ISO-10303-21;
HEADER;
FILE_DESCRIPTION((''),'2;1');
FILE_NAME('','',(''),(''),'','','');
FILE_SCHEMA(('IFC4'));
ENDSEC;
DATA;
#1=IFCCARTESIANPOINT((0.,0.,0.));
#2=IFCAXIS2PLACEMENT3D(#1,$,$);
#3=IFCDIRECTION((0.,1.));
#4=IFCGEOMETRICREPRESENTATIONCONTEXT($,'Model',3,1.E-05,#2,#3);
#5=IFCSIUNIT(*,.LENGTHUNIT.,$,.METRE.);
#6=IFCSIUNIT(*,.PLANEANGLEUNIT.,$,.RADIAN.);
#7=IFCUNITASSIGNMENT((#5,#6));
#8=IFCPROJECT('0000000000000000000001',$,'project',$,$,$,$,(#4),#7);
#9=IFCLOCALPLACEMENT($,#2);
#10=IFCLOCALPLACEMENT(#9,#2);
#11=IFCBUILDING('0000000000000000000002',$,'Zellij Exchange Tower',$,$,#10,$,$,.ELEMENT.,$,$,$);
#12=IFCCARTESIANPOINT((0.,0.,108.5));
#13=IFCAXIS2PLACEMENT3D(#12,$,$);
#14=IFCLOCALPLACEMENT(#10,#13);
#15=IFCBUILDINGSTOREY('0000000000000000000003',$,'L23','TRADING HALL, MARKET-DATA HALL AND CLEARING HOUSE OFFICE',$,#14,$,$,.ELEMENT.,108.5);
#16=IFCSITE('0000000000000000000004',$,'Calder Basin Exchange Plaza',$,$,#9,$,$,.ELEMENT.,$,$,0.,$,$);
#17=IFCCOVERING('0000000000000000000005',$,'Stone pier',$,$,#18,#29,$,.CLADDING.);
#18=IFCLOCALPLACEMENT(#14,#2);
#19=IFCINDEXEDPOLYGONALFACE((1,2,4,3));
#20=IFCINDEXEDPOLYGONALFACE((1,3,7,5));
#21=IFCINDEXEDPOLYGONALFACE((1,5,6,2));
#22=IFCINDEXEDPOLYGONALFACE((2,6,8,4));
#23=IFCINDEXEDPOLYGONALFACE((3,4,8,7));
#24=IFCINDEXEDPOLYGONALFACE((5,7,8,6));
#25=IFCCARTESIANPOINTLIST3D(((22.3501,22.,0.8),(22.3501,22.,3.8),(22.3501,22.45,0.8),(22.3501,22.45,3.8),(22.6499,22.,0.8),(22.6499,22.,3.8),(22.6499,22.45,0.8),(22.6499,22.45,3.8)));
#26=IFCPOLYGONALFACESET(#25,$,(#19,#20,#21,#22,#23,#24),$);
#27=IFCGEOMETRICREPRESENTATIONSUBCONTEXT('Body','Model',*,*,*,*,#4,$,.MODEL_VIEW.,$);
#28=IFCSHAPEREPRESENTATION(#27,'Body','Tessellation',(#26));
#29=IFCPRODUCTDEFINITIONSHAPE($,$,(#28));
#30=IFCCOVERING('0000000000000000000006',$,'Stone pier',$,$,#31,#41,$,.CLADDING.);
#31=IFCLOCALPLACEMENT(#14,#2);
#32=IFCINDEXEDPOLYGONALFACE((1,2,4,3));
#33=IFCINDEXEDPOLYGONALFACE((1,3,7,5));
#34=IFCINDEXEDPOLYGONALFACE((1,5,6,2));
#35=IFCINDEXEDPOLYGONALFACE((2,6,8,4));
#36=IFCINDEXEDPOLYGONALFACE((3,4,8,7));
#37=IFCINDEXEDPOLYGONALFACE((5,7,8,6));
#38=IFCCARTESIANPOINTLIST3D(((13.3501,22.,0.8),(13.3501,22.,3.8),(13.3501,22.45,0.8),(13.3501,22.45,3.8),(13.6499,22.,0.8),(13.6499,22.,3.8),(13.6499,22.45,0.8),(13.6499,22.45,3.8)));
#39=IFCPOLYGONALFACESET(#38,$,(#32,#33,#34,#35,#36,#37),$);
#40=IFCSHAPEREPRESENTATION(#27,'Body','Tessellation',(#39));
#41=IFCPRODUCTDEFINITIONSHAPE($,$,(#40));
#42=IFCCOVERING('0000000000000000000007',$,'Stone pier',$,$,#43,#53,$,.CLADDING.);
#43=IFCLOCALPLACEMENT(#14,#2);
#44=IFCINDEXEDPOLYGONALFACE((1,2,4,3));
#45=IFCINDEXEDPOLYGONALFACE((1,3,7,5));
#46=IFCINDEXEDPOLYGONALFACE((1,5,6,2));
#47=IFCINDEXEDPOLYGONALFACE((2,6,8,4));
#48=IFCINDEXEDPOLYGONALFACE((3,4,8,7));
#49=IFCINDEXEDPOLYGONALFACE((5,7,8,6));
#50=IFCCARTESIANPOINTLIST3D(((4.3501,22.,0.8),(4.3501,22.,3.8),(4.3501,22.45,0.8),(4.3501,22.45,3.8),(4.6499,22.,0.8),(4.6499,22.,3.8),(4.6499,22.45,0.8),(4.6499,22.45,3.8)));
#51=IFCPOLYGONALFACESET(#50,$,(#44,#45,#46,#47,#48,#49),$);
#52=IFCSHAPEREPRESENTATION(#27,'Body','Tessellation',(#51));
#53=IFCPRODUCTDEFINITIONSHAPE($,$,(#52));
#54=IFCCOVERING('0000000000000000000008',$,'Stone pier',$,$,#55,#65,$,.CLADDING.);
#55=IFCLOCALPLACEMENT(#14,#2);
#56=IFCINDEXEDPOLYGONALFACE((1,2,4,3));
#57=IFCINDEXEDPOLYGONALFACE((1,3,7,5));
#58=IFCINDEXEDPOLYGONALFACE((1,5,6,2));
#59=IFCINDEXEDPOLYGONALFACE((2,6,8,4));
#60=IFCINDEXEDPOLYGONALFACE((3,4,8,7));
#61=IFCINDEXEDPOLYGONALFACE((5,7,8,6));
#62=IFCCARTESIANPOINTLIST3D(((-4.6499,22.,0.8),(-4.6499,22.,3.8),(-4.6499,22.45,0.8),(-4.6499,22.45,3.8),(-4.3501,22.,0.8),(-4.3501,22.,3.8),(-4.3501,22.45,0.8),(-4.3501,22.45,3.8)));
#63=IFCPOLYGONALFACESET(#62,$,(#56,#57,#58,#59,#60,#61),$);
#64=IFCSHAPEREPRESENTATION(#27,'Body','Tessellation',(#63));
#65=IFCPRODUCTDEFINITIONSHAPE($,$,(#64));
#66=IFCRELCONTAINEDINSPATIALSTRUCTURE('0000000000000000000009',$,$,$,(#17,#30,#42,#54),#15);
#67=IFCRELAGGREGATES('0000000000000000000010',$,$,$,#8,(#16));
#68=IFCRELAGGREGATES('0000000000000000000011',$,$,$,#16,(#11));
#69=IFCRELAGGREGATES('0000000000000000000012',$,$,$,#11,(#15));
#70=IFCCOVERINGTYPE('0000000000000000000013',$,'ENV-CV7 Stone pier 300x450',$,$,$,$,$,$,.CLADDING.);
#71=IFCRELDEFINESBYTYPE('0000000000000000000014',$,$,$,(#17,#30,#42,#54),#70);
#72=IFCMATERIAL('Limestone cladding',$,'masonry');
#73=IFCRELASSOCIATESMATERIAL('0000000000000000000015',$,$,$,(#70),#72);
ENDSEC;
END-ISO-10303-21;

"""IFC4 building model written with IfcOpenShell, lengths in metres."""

from ifc_helpers import new_model, si_unit, direction, frame, origin, place, context, subcontext, project, spatial, polyline, outline, extrude, material, type_object, element, save


model = new_model("IFC4")

# Units and contexts
model_context = context("Model", 3, precision=1e-05, world=origin(), true_north=direction((0.0, 1.0)))
body_context = subcontext(model_context, "Body", "Model", "MODEL_VIEW")
ifc_project = project(units=[si_unit("LENGTHUNIT", "METRE"), si_unit("PLANEANGLEUNIT", "RADIAN")], contexts=[model_context])

# Site, building, storey
site_placement = place(None, origin())
site = spatial("IfcSite", under=ifc_project, at=site_placement, Name="Calder Basin Exchange Plaza", CompositionType="ELEMENT", RefElevation=0.0)
building_placement = place(site_placement, origin())
building = spatial("IfcBuilding", under=site, at=building_placement, Name="Zellij Exchange Tower", CompositionType="ELEMENT")
storey_placement = place(building_placement, frame((0.0, 0.0, 108.5)))
storey = spatial("IfcBuildingStorey", under=building, at=storey_placement, Name="L23", Description="TRADING HALL, MARKET-DATA HALL AND CLEARING HOUSE OFFICE", CompositionType="ELEMENT", Elevation=108.5)

# Coverings
ifc_material_1 = material(Name="Limestone cladding", Category="masonry")
covering_type_1 = type_object("IfcCoveringType", Name="ENV-CV7 Stone pier 300x450", PredefinedType="CLADDING", material=ifc_material_1)
covering_1_placement = place(storey_placement, frame((0.0, 0.0, 0.8)))
element("IfcCovering", 1, at=covering_1_placement, inside=storey, type_object=covering_type_1, Name="Stone pier", PredefinedType="CLADDING", context=body_context, shape_type="SweptSolid", body=[
    extrude(outline(polyline([(22.6499, 22.0), (22.3501, 22.0), (22.3501, 22.45), (22.6499, 22.45), (22.6499, 22.0)])), origin(), (0.0, 0.0, 1.0), 3.0),
])
covering_2_placement = place(storey_placement, frame((0.0, 0.0, 0.8)))
element("IfcCovering", 2, at=covering_2_placement, inside=storey, type_object=covering_type_1, Name="Stone pier", PredefinedType="CLADDING", context=body_context, shape_type="SweptSolid", body=[
    extrude(outline(polyline([(13.6499, 22.0), (13.3501, 22.0), (13.3501, 22.45), (13.6499, 22.45), (13.6499, 22.0)])), origin(), (0.0, 0.0, 1.0), 3.0),
])
covering_3_placement = place(storey_placement, frame((0.0, 0.0, 0.8)))
element("IfcCovering", 3, at=covering_3_placement, inside=storey, type_object=covering_type_1, Name="Stone pier", PredefinedType="CLADDING", context=body_context, shape_type="SweptSolid", body=[
    extrude(outline(polyline([(4.6499, 22.0), (4.3501, 22.0), (4.3501, 22.45), (4.6499, 22.45), (4.6499, 22.0)])), origin(), (0.0, 0.0, 1.0), 3.0),
])
covering_4_placement = place(storey_placement, frame((0.0, 0.0, 0.8)))
element("IfcCovering", 4, at=covering_4_placement, inside=storey, type_object=covering_type_1, Name="Stone pier", PredefinedType="CLADDING", context=body_context, shape_type="SweptSolid", body=[
    extrude(outline(polyline([(-4.3501, 22.0), (-4.6499, 22.0), (-4.6499, 22.45), (-4.3501, 22.45), (-4.3501, 22.0)])), origin(), (0.0, 0.0, 1.0), 3.0),
])

save(model, "model.ifc")
